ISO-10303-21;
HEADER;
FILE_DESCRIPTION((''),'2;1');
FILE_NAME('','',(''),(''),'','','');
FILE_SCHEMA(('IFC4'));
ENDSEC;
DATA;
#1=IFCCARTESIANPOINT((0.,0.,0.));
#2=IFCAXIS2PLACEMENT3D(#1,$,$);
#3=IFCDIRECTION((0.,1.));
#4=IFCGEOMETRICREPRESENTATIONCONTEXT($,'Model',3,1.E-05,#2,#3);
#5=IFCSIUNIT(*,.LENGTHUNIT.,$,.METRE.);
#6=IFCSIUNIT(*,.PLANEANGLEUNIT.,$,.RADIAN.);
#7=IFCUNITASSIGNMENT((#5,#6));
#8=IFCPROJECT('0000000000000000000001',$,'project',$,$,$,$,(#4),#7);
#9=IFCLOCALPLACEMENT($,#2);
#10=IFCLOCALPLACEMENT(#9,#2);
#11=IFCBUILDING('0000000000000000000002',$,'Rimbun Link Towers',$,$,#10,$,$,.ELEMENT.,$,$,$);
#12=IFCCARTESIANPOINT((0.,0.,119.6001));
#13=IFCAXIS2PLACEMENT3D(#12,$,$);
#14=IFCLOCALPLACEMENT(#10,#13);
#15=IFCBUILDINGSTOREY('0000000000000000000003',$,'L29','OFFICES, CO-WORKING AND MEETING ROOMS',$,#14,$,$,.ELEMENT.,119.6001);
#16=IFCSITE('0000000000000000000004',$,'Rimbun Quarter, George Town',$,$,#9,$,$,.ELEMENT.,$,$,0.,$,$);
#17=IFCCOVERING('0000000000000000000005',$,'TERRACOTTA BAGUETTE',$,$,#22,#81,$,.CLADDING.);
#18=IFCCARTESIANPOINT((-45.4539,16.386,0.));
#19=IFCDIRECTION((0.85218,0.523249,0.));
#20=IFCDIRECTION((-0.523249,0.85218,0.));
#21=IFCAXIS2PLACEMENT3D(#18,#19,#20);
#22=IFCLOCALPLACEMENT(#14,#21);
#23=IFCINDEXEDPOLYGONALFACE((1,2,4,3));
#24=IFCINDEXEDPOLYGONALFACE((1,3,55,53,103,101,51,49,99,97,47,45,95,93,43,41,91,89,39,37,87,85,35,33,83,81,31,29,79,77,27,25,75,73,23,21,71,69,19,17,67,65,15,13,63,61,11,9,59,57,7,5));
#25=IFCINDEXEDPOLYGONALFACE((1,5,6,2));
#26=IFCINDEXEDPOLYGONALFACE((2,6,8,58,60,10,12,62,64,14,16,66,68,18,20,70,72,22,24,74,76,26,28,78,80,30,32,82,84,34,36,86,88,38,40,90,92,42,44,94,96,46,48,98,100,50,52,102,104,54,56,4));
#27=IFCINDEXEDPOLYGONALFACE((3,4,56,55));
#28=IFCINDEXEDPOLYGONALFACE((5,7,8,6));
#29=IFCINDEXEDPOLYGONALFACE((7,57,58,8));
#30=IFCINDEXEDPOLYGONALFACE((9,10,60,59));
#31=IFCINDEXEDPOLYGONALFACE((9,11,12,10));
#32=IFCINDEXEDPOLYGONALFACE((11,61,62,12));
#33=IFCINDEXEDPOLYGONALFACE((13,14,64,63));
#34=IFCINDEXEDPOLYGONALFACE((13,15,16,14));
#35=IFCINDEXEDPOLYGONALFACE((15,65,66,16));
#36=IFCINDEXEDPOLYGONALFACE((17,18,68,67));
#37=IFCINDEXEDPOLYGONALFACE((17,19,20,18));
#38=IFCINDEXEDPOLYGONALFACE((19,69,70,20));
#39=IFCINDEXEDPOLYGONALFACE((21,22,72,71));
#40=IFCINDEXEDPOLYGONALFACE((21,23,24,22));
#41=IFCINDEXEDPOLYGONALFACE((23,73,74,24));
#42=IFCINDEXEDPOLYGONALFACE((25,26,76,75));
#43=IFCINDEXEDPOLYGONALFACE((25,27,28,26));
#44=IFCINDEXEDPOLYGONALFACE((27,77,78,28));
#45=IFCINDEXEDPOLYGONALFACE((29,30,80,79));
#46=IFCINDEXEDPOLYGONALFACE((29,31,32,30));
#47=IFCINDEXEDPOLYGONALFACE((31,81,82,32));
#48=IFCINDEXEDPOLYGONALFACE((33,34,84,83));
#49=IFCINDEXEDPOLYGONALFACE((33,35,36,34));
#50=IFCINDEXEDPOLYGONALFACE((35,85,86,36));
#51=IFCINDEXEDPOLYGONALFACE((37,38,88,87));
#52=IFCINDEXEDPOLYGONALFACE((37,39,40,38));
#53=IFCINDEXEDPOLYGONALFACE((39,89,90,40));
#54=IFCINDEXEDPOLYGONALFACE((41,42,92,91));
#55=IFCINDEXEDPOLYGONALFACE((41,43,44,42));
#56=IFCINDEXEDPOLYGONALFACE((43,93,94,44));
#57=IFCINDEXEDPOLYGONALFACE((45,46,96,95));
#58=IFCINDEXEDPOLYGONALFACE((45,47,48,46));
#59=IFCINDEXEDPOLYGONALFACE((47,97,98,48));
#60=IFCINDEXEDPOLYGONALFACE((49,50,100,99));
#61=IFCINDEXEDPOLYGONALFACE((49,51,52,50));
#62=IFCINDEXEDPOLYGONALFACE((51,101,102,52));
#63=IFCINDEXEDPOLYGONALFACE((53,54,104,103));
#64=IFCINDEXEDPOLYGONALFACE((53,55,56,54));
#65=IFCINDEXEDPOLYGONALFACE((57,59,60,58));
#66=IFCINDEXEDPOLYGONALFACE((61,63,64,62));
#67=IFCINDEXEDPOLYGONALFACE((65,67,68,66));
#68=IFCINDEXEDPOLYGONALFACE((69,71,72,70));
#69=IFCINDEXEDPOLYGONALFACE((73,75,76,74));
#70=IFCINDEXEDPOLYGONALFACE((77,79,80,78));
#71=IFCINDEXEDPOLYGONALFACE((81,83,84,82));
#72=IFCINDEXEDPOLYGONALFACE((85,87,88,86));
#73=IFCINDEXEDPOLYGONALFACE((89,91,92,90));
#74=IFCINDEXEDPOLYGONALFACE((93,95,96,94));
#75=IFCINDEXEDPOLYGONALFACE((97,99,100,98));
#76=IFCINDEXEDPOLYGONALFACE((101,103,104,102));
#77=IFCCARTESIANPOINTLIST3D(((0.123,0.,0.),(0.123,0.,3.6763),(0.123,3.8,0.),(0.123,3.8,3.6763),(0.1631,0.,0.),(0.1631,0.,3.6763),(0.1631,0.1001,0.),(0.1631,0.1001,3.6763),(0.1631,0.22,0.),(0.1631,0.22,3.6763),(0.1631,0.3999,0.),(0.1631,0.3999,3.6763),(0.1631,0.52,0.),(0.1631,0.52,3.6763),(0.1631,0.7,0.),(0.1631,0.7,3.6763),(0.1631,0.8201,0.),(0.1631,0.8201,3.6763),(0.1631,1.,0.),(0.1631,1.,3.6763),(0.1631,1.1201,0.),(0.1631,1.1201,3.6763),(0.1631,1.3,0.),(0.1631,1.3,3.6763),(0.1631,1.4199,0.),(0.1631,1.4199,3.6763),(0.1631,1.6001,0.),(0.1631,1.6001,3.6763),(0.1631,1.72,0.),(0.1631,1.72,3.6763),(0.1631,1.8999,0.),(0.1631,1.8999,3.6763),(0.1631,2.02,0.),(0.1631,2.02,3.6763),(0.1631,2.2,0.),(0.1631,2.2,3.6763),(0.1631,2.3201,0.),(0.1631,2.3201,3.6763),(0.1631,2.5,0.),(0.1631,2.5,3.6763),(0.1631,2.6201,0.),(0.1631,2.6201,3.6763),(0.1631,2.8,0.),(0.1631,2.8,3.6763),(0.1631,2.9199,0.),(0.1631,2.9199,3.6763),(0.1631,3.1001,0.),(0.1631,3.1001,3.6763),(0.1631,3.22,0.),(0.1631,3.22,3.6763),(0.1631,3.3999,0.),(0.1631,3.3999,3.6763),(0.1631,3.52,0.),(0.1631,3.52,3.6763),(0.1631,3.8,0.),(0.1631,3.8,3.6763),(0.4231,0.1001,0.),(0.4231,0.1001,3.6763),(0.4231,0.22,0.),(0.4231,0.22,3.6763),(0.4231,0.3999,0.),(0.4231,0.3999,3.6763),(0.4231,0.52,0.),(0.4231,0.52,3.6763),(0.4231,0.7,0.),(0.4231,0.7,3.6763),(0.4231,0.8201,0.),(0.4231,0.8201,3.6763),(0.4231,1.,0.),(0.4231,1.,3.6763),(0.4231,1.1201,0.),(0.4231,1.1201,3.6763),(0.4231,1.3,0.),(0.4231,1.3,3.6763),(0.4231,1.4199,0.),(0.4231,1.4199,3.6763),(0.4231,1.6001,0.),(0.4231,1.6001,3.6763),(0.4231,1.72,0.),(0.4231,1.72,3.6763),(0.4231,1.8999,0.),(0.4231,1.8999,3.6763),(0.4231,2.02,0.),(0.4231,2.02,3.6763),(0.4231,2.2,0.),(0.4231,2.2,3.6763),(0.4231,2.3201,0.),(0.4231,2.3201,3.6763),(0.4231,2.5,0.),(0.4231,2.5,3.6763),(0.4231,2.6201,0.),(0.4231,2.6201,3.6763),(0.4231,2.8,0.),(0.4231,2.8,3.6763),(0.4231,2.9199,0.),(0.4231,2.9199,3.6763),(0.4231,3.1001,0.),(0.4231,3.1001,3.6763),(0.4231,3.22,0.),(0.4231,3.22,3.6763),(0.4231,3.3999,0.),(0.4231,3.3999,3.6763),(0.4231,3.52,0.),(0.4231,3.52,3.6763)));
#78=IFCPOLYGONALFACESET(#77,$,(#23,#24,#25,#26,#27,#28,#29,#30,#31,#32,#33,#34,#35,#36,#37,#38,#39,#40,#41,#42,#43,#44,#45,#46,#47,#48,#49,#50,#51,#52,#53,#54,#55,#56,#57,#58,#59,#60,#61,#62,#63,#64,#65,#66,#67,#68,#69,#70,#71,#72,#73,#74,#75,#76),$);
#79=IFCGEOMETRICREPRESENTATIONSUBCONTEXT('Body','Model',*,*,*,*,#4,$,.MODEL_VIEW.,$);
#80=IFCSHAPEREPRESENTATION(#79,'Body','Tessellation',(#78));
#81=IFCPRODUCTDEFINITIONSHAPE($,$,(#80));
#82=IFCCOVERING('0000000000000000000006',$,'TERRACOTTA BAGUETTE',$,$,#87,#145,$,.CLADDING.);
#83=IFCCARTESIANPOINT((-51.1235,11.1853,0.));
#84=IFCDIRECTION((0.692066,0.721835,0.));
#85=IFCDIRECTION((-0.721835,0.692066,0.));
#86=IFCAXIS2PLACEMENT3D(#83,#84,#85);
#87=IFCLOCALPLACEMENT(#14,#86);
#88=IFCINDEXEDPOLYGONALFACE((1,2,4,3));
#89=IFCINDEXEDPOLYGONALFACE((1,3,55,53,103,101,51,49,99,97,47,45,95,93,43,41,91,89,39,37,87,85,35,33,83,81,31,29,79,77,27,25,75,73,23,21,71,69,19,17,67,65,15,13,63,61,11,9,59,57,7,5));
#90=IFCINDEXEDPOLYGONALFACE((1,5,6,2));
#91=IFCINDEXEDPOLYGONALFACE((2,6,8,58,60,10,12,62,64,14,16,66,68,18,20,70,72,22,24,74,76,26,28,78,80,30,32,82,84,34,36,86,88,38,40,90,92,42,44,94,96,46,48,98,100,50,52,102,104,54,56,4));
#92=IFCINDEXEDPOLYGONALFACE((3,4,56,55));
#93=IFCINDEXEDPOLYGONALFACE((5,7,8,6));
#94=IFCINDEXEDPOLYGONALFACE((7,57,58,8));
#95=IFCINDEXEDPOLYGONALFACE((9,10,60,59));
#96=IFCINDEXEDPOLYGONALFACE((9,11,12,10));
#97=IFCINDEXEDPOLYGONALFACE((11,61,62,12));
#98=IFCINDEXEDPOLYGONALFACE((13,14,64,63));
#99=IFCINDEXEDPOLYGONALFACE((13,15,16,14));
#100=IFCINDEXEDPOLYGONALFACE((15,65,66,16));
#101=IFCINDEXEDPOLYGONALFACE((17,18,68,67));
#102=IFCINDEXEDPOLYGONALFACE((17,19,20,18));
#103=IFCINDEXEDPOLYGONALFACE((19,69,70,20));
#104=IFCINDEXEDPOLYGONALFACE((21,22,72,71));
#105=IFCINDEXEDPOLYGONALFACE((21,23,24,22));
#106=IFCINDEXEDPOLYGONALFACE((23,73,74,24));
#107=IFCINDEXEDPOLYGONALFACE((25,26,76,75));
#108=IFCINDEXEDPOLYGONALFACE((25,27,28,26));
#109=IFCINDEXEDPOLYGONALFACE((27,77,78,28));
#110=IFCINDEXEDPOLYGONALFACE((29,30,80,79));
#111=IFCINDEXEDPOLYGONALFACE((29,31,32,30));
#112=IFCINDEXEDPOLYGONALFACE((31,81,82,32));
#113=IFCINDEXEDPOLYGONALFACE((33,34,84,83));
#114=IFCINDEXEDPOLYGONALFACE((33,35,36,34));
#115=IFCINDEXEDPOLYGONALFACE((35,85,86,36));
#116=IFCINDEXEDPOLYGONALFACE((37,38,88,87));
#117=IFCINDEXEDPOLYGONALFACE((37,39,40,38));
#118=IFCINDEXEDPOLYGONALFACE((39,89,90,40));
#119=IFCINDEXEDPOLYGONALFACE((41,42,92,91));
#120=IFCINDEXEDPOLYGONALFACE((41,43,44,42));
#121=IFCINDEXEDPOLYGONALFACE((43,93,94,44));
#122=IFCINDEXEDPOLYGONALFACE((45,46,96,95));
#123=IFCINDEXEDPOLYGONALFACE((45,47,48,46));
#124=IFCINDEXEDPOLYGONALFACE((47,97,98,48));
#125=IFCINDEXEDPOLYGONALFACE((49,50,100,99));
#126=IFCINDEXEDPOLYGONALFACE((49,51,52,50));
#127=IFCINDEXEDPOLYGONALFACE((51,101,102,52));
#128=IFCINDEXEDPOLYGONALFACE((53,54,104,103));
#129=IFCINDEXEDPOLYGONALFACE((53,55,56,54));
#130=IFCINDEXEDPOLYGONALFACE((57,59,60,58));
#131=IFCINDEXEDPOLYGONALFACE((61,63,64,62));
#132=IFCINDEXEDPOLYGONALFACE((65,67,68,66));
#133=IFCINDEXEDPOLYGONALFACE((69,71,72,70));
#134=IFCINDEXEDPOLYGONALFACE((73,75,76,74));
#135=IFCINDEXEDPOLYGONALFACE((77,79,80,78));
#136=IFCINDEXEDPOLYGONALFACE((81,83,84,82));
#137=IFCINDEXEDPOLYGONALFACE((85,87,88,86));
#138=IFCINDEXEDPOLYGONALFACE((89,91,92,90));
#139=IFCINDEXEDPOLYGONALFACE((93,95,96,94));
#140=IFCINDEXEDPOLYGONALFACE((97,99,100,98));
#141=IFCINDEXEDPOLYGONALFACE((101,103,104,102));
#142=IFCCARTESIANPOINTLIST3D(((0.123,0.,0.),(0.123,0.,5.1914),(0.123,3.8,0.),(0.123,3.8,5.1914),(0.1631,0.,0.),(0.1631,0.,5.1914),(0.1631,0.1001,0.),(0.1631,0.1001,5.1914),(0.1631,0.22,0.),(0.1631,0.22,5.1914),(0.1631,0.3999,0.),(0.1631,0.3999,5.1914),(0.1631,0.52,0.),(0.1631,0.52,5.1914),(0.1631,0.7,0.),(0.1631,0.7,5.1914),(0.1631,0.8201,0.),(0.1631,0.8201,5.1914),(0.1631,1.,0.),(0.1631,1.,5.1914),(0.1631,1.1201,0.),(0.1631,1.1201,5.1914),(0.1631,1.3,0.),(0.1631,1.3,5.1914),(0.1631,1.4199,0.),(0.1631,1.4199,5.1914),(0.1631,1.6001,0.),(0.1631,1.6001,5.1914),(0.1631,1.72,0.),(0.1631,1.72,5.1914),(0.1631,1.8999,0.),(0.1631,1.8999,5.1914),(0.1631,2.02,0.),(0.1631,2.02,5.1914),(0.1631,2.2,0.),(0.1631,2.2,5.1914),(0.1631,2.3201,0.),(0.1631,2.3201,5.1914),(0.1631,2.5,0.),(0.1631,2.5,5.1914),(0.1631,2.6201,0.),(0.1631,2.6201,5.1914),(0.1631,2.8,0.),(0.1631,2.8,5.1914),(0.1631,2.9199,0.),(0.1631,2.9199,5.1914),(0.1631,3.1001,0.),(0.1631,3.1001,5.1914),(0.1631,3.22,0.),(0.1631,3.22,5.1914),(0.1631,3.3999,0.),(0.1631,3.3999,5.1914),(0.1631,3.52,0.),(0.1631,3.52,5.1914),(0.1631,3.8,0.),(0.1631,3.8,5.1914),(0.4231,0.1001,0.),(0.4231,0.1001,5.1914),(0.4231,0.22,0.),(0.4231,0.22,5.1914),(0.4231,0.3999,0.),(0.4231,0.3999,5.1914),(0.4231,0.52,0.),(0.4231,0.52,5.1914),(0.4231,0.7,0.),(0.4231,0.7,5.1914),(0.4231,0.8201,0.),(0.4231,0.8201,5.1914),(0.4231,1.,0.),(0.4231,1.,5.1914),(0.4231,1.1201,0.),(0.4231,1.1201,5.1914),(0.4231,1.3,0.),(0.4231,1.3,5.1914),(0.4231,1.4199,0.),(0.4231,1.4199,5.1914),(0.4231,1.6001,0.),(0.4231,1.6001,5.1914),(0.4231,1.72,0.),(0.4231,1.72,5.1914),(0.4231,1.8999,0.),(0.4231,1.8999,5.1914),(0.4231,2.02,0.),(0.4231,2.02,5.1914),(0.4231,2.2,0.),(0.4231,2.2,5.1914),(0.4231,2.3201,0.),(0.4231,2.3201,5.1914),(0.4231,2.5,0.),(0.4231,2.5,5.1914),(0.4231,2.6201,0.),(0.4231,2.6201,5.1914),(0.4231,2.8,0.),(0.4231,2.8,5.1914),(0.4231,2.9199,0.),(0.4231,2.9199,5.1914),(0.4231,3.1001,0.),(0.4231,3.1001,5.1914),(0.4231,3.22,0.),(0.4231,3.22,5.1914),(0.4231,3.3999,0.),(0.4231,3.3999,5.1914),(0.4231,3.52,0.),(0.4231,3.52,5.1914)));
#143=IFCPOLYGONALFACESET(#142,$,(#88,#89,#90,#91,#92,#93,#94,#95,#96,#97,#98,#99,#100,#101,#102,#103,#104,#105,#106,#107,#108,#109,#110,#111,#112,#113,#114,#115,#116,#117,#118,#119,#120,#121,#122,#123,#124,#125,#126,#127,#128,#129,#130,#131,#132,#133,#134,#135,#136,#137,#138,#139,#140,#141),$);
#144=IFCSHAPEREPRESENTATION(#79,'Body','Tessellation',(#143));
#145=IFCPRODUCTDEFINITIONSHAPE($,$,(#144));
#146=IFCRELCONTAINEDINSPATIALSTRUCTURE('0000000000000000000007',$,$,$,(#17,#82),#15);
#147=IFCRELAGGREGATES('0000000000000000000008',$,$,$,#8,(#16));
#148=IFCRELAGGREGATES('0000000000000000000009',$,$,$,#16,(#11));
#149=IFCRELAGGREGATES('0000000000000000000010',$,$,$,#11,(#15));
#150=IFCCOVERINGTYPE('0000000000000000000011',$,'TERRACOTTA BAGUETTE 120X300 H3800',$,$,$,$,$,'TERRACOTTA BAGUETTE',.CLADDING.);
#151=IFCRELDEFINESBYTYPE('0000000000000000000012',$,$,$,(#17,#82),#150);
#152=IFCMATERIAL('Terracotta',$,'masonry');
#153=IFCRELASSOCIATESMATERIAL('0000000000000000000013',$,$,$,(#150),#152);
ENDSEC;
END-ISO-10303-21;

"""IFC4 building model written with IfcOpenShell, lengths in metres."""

from ifc_helpers import new_model, si_unit, direction, frame, origin, place, context, subcontext, project, spatial, polyline, outline, extrude, material, material_profile, profile_set, type_object, element, save


model = new_model("IFC4")

# Units and contexts
model_context = context("Model", 3, precision=1e-05, world=origin(), true_north=direction((0.0, 1.0)))
body_context = subcontext(model_context, "Body", "Model", "MODEL_VIEW")
ifc_project = project(units=[si_unit("LENGTHUNIT", "METRE"), si_unit("PLANEANGLEUNIT", "RADIAN")], contexts=[model_context])

# Site, building, storey
site_placement = place(None, origin())
site = spatial("IfcSite", under=ifc_project, at=site_placement, Name="Rimbun Quarter, George Town", CompositionType="ELEMENT", RefElevation=0.0)
building_placement = place(site_placement, origin())
building = spatial("IfcBuilding", under=site, at=building_placement, Name="Rimbun Link Towers", CompositionType="ELEMENT")
storey_placement = place(building_placement, frame((0.0, 0.0, 119.6001)))
storey = spatial("IfcBuildingStorey", under=building, at=storey_placement, Name="L29", Description="OFFICES, CO-WORKING AND MEETING ROOMS", CompositionType="ELEMENT", Elevation=119.6001)

# Coverings
ifc_material_1 = material(Name="Terracotta", Category="masonry")
ifc_material_profile_1 = material_profile(ifc_material_1, outline(polyline([(0.123, 0.0), (0.1631, 0.0), (0.1631, 0.1001), (0.4231, 0.1001), (0.4231, 0.22), (0.1631, 0.22), (0.1631, 0.3999), (0.4231, 0.3999), (0.4231, 0.52), (0.1631, 0.52), (0.1631, 0.7), (0.4231, 0.7), (0.4231, 0.8201), (0.1631, 0.8201), (0.1631, 1.0), (0.4231, 1.0), (0.4231, 1.1201), (0.1631, 1.1201), (0.1631, 1.3), (0.4231, 1.3), (0.4231, 1.4199), (0.1631, 1.4199), (0.1631, 1.6001), (0.4231, 1.6001), (0.4231, 1.72), (0.1631, 1.72), (0.1631, 1.8999), (0.4231, 1.8999), (0.4231, 2.02), (0.1631, 2.02), (0.1631, 2.2), (0.4231, 2.2), (0.4231, 2.3201), (0.1631, 2.3201), (0.1631, 2.5), (0.4231, 2.5), (0.4231, 2.6201), (0.1631, 2.6201), (0.1631, 2.8), (0.4231, 2.8), (0.4231, 2.9199), (0.1631, 2.9199), (0.1631, 3.1001), (0.4231, 3.1001), (0.4231, 3.22), (0.1631, 3.22), (0.1631, 3.3999), (0.4231, 3.3999), (0.4231, 3.52), (0.1631, 3.52), (0.1631, 3.8), (0.123, 3.8), (0.123, 0.0)])), Name="BAGUETTE 120X300")
ifc_profile_set_1 = profile_set([ifc_material_profile_1], Name="Terracotta")
covering_type = type_object("IfcCoveringType", Name="TERRACOTTA BAGUETTE 120X300 H3800", ElementType="TERRACOTTA BAGUETTE", PredefinedType="CLADDING", material=ifc_profile_set_1)
covering_1_placement = place(storey_placement, frame((-45.4539, 16.386, 0.0), z_axis=(0.85218, 0.523249, 0.0), x_axis=(-0.523249, 0.85218, 0.0)))
element("IfcCovering", 1, at=covering_1_placement, inside=storey, type_object=covering_type, Name="TERRACOTTA BAGUETTE", PredefinedType="CLADDING", context=body_context, shape_type="SweptSolid", body=[
    extrude(outline(polyline([(0.123, 0.0), (0.1631, 0.0), (0.1631, 0.1001), (0.4231, 0.1001), (0.4231, 0.22), (0.1631, 0.22), (0.1631, 0.3999), (0.4231, 0.3999), (0.4231, 0.52), (0.1631, 0.52), (0.1631, 0.7), (0.4231, 0.7), (0.4231, 0.8201), (0.1631, 0.8201), (0.1631, 1.0), (0.4231, 1.0), (0.4231, 1.1201), (0.1631, 1.1201), (0.1631, 1.3), (0.4231, 1.3), (0.4231, 1.4199), (0.1631, 1.4199), (0.1631, 1.6001), (0.4231, 1.6001), (0.4231, 1.72), (0.1631, 1.72), (0.1631, 1.8999), (0.4231, 1.8999), (0.4231, 2.02), (0.1631, 2.02), (0.1631, 2.2), (0.4231, 2.2), (0.4231, 2.3201), (0.1631, 2.3201), (0.1631, 2.5), (0.4231, 2.5), (0.4231, 2.6201), (0.1631, 2.6201), (0.1631, 2.8), (0.4231, 2.8), (0.4231, 2.9199), (0.1631, 2.9199), (0.1631, 3.1001), (0.4231, 3.1001), (0.4231, 3.22), (0.1631, 3.22), (0.1631, 3.3999), (0.4231, 3.3999), (0.4231, 3.52), (0.1631, 3.52), (0.1631, 3.8), (0.123, 3.8), (0.123, 0.0)])), origin(), (0.0, 0.0, 1.0), 3.6763),
])
covering_2_placement = place(storey_placement, frame((-51.1235, 11.1853, 0.0), z_axis=(0.692066, 0.721835, 0.0), x_axis=(-0.721835, 0.692066, 0.0)))
element("IfcCovering", 2, at=covering_2_placement, inside=storey, type_object=covering_type, Name="TERRACOTTA BAGUETTE", PredefinedType="CLADDING", context=body_context, shape_type="SweptSolid", body=[
    extrude(outline(polyline([(0.123, 0.0), (0.1631, 0.0), (0.1631, 0.1001), (0.4231, 0.1001), (0.4231, 0.22), (0.1631, 0.22), (0.1631, 0.3999), (0.4231, 0.3999), (0.4231, 0.52), (0.1631, 0.52), (0.1631, 0.7), (0.4231, 0.7), (0.4231, 0.8201), (0.1631, 0.8201), (0.1631, 1.0), (0.4231, 1.0), (0.4231, 1.1201), (0.1631, 1.1201), (0.1631, 1.3), (0.4231, 1.3), (0.4231, 1.4199), (0.1631, 1.4199), (0.1631, 1.6001), (0.4231, 1.6001), (0.4231, 1.72), (0.1631, 1.72), (0.1631, 1.8999), (0.4231, 1.8999), (0.4231, 2.02), (0.1631, 2.02), (0.1631, 2.2), (0.4231, 2.2), (0.4231, 2.3201), (0.1631, 2.3201), (0.1631, 2.5), (0.4231, 2.5), (0.4231, 2.6201), (0.1631, 2.6201), (0.1631, 2.8), (0.4231, 2.8), (0.4231, 2.9199), (0.1631, 2.9199), (0.1631, 3.1001), (0.4231, 3.1001), (0.4231, 3.22), (0.1631, 3.22), (0.1631, 3.3999), (0.4231, 3.3999), (0.4231, 3.52), (0.1631, 3.52), (0.1631, 3.8), (0.123, 3.8), (0.123, 0.0)])), origin(), (0.0, 0.0, 1.0), 5.1914),
])

save(model, "model.ifc")
